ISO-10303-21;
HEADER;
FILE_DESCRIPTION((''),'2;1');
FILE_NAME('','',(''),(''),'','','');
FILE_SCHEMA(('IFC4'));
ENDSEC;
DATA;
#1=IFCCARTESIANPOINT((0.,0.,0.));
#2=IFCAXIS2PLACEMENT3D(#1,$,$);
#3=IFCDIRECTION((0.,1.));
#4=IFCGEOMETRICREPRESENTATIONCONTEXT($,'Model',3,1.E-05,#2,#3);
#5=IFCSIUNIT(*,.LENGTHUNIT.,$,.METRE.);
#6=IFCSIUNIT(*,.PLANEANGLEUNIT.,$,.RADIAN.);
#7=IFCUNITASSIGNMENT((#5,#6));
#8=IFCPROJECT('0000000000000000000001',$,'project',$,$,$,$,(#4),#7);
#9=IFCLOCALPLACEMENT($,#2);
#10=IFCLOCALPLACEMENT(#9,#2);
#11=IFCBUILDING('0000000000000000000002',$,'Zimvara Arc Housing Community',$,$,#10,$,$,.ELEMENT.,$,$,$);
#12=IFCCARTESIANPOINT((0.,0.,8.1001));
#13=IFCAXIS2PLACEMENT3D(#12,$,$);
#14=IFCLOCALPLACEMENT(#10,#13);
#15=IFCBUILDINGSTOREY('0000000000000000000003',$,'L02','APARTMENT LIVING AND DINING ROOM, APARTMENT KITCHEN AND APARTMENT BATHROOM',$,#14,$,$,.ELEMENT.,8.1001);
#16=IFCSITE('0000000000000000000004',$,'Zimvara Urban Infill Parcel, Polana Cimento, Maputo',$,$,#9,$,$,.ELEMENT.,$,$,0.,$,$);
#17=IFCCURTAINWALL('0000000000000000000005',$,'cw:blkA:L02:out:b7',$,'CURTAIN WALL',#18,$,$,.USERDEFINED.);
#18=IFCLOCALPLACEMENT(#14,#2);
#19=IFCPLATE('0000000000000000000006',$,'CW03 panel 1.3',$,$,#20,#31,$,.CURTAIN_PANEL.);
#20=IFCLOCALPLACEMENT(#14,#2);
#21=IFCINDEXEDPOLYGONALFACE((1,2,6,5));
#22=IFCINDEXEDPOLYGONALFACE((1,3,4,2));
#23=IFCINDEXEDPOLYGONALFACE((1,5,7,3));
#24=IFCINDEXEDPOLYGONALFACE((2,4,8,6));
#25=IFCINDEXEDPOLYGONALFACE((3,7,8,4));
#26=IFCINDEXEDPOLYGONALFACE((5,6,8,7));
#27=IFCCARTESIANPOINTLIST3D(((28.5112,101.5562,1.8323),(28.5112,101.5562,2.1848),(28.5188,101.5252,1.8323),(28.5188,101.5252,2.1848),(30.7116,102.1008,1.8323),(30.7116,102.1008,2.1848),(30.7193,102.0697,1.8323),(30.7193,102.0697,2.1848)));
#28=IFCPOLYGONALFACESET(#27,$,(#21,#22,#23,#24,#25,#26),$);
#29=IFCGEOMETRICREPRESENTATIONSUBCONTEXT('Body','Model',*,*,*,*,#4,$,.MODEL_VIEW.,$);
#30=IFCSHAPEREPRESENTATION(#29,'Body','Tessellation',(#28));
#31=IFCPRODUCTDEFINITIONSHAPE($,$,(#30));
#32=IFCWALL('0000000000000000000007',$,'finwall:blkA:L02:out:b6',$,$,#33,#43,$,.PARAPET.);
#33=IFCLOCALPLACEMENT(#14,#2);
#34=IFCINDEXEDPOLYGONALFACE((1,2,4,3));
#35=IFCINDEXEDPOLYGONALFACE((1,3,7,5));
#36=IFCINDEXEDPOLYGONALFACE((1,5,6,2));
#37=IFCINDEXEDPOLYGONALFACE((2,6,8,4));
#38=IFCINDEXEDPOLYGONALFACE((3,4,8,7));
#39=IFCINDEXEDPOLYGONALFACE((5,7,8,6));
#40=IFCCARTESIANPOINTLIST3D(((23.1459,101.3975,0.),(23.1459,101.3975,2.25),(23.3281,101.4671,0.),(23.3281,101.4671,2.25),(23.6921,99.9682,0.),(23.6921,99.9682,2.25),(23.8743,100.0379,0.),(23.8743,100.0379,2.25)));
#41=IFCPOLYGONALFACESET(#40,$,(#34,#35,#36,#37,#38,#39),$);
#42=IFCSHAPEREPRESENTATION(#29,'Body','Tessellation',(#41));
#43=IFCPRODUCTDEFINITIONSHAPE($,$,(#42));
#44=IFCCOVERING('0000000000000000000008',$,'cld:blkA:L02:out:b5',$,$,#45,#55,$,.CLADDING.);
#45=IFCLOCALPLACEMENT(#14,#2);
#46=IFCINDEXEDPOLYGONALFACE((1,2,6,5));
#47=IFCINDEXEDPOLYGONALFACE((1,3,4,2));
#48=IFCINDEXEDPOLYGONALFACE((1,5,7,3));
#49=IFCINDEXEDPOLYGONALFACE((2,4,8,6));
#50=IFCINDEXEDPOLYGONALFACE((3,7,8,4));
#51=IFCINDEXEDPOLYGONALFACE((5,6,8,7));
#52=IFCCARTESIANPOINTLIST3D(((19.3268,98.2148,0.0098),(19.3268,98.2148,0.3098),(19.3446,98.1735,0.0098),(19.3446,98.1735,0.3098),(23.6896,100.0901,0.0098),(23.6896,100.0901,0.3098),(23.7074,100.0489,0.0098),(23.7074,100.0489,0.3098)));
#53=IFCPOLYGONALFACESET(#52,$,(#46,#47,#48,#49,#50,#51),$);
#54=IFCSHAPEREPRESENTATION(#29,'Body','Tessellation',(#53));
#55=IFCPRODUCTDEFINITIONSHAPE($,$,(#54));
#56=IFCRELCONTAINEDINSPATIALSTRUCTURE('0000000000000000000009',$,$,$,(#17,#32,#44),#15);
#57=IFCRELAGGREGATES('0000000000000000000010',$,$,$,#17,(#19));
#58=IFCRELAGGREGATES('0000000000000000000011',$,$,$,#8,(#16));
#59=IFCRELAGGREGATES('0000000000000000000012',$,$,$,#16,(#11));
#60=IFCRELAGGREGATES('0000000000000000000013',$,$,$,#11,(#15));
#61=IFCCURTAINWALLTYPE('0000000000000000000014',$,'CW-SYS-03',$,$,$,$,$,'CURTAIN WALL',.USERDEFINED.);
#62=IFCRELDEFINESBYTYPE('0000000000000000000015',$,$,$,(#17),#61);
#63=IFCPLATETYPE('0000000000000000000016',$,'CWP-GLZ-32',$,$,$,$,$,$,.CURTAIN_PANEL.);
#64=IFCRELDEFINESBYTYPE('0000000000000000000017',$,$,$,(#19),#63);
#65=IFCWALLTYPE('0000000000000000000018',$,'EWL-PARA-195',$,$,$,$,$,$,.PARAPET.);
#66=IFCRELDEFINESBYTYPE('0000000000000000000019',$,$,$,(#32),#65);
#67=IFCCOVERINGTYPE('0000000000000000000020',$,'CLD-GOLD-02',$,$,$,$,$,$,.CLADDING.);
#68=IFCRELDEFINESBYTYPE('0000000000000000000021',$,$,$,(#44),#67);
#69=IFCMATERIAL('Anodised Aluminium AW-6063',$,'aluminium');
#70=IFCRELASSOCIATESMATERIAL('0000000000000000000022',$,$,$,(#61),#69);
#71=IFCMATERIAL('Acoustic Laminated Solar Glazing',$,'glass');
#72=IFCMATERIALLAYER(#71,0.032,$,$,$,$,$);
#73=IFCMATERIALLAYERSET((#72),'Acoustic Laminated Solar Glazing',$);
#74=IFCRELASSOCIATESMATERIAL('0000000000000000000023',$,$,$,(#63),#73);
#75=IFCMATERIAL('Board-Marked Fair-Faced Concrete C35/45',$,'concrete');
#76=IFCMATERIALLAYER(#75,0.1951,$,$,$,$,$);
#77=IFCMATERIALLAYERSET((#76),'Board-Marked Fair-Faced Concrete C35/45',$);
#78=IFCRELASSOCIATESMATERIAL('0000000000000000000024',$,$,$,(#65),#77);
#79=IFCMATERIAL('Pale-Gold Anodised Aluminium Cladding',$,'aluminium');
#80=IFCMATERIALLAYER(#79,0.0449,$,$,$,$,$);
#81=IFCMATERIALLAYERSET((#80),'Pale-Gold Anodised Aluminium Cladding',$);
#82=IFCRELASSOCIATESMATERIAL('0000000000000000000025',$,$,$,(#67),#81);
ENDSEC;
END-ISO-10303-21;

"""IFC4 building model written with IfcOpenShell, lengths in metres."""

from ifc_helpers import new_model, si_unit, direction, frame, frame_2d, origin, origin_2d, place, context, subcontext, project, spatial, rectangle, extrude, material, layer, layer_set, type_object, element, aggregate, save


model = new_model("IFC4")

# Units and contexts
model_context = context("Model", 3, precision=1e-05, world=origin(), true_north=direction((0.0, 1.0)))
body_context = subcontext(model_context, "Body", "Model", "MODEL_VIEW")
ifc_project = project(units=[si_unit("LENGTHUNIT", "METRE"), si_unit("PLANEANGLEUNIT", "RADIAN")], contexts=[model_context])

# Site, building, storey
site_placement = place(None, origin())
site = spatial("IfcSite", under=ifc_project, at=site_placement, Name="Zimvara Urban Infill Parcel, Polana Cimento, Maputo", CompositionType="ELEMENT", RefElevation=0.0)
building_placement = place(site_placement, origin())
building = spatial("IfcBuilding", under=site, at=building_placement, Name="Zimvara Arc Housing Community", CompositionType="ELEMENT")
storey_placement = place(building_placement, frame((0.0, 0.0, 8.1001)))
storey = spatial("IfcBuildingStorey", under=building, at=storey_placement, Name="L02", Description="APARTMENT LIVING AND DINING ROOM, APARTMENT KITCHEN AND APARTMENT BATHROOM", CompositionType="ELEMENT", Elevation=8.1001)

# Curtain wall
ifc_material_1 = material(Name="Anodised Aluminium AW-6063", Category="aluminium")
curtain_wall_type_1 = type_object("IfcCurtainWallType", Name="CW-SYS-03", ElementType="CURTAIN WALL", PredefinedType="USERDEFINED", material=ifc_material_1)
curtain_wall_1_placement = place(storey_placement, origin())
curtain_wall_1 = element("IfcCurtainWall", 1, at=curtain_wall_1_placement, inside=storey, type_object=curtain_wall_type_1, Name="cw:blkA:L02:out:b7", ObjectType="CURTAIN WALL", PredefinedType="USERDEFINED")

# Plate
ifc_material_2 = material(Name="Acoustic Laminated Solar Glazing", Category="glass")
ifc_layer_1 = layer(ifc_material_2, 0.032)
ifc_layer_set_1 = layer_set([ifc_layer_1], Name="Acoustic Laminated Solar Glazing")
plate_type_1 = type_object("IfcPlateType", Name="CWP-GLZ-32", PredefinedType="CURTAIN_PANEL", material=ifc_layer_set_1)
plate_1_placement = place(storey_placement, frame((29.6152, 101.813, 1.8323), z_axis=(0.0, 0.0, 1.0), x_axis=(0.970716, 0.24023, 0.0)))
plate_1 = element("IfcPlate", 2, at=plate_1_placement, type_object=plate_type_1, Name="CW03 panel 1.3", PredefinedType="CURTAIN_PANEL", context=body_context, shape_type="SweptSolid", body=[
    extrude(rectangle(XDim=2.2668, YDim=0.032, at=origin_2d()), origin(), (0.0, 0.0, 1.0), 0.3525),
])
aggregate(curtain_wall_1, [plate_1])

# Wall
ifc_material_3 = material(Name="Board-Marked Fair-Faced Concrete C35/45", Category="concrete")
ifc_layer_2 = layer(ifc_material_3, 0.1951)
ifc_layer_set_2 = layer_set([ifc_layer_2], Name="Board-Marked Fair-Faced Concrete C35/45")
wall_type = type_object("IfcWallType", Name="EWL-PARA-195", PredefinedType="PARAPET", material=ifc_layer_set_2)
wall_placement = place(storey_placement, frame((23.7832, 100.0029, 0.0), z_axis=(0.0, 0.0, 1.0), x_axis=(-0.356957, 0.934121, 0.0)))
element("IfcWall", 3, at=wall_placement, inside=storey, type_object=wall_type, Name="finwall:blkA:L02:out:b6", PredefinedType="PARAPET", context=body_context, shape_type="SweptSolid", body=[
    extrude(rectangle(XDim=1.53, YDim=0.1951, at=frame_2d((0.7651, 0.0))), origin(), (0.0, 0.0, 1.0), 2.25),
])

# Covering
ifc_material_4 = material(Name="Pale-Gold Anodised Aluminium Cladding", Category="aluminium")
ifc_layer_3 = layer(ifc_material_4, 0.0449)
ifc_layer_set_3 = layer_set([ifc_layer_3], Name="Pale-Gold Anodised Aluminium Cladding")
covering_type = type_object("IfcCoveringType", Name="CLD-GOLD-02", PredefinedType="CLADDING", material=ifc_layer_set_3)
covering_placement = place(storey_placement, frame((21.5171, 99.1318, 0.0098), z_axis=(0.0, 0.0, 1.0), x_axis=(0.918722, 0.394906, 0.0)))
element("IfcCovering", 4, at=covering_placement, inside=storey, type_object=covering_type, Name="cld:blkA:L02:out:b5", PredefinedType="CLADDING", context=body_context, shape_type="SweptSolid", body=[
    extrude(rectangle(XDim=4.7488, YDim=0.0449, at=origin_2d()), origin(), (0.0, 0.0, 1.0), 0.3),
])

save(model, "model.ifc")
